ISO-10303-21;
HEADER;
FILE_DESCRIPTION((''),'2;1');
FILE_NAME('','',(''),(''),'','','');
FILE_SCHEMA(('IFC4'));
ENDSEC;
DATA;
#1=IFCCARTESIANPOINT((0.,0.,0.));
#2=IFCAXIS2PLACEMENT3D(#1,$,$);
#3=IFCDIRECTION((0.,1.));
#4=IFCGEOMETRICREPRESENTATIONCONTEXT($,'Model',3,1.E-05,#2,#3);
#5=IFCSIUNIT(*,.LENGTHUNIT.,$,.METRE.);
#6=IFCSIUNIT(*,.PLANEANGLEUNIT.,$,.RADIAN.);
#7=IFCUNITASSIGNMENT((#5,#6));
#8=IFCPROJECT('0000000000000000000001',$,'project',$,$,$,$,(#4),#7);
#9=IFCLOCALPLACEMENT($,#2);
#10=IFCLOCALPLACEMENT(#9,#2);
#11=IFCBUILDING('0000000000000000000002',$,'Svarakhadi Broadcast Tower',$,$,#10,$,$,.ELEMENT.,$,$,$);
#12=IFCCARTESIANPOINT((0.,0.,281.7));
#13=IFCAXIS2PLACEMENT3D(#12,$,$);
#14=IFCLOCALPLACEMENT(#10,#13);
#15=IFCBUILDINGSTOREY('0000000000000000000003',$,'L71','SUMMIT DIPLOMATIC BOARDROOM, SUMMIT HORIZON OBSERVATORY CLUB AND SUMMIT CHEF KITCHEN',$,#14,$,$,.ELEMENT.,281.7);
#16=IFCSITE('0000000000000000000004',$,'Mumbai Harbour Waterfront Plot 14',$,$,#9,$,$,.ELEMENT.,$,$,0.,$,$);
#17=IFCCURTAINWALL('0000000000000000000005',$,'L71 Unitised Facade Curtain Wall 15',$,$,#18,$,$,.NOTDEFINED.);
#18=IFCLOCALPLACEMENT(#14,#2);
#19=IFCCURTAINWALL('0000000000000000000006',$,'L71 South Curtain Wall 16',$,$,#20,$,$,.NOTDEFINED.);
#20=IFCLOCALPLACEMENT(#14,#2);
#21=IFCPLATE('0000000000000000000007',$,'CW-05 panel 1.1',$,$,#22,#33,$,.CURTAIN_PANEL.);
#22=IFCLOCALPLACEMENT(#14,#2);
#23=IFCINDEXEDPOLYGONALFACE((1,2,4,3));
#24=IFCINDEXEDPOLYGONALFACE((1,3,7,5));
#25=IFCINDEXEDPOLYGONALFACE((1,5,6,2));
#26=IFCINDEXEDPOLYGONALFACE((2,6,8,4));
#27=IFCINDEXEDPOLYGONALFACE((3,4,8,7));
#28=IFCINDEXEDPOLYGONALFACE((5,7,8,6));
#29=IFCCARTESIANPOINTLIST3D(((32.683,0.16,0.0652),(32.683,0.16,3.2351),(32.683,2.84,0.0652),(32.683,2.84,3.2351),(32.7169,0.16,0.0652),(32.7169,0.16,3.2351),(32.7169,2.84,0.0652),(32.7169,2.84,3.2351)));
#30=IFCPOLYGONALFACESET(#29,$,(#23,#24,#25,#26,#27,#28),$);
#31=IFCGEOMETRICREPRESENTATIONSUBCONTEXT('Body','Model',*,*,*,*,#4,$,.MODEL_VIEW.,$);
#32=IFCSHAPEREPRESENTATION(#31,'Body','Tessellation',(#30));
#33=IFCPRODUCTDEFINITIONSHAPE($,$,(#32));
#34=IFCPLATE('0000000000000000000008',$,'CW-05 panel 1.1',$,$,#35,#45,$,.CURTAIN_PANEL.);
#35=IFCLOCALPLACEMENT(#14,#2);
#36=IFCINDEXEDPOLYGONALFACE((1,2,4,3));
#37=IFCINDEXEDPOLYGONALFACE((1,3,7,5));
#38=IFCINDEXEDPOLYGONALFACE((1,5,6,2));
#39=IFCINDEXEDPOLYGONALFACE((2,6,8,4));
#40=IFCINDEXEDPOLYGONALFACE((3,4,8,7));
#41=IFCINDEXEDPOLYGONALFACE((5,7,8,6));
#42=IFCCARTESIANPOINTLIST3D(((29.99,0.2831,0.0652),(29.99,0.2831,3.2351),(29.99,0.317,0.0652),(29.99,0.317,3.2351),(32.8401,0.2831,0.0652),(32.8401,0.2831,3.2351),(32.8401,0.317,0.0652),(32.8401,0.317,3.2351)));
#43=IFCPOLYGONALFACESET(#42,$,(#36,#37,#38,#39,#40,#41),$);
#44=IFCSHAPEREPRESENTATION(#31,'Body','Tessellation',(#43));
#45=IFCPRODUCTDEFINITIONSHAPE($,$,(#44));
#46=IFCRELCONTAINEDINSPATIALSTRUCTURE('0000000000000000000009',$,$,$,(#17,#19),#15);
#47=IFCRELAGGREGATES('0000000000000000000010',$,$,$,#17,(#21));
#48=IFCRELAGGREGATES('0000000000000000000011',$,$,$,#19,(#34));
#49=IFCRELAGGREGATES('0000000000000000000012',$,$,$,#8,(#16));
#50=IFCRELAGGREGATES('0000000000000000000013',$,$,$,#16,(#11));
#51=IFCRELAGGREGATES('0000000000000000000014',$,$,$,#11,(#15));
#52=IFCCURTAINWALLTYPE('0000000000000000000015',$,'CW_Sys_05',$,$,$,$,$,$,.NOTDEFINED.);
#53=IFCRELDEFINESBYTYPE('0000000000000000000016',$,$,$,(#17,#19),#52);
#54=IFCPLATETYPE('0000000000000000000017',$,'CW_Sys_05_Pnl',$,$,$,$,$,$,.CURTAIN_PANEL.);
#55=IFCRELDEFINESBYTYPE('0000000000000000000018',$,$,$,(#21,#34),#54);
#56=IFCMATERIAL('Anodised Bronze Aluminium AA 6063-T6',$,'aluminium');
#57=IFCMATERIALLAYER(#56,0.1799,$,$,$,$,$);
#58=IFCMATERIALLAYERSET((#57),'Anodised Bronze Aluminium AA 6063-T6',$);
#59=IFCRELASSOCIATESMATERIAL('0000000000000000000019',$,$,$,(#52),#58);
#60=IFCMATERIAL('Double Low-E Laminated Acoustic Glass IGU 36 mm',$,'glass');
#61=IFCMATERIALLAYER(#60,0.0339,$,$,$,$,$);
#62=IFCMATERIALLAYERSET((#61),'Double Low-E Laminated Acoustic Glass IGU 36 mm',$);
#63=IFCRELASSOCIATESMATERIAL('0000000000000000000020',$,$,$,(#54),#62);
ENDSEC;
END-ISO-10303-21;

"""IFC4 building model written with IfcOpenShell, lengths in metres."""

from ifc_helpers import new_model, si_unit, direction, frame, origin, origin_2d, place, context, subcontext, project, spatial, rectangle, extrude, material, layer, layer_set, type_object, element, aggregate, save


model = new_model("IFC4")

# Units and contexts
model_context = context("Model", 3, precision=1e-05, world=origin(), true_north=direction((0.0, 1.0)))
body_context = subcontext(model_context, "Body", "Model", "MODEL_VIEW")
ifc_project = project(units=[si_unit("LENGTHUNIT", "METRE"), si_unit("PLANEANGLEUNIT", "RADIAN")], contexts=[model_context])

# Site, building, storey
site_placement = place(None, origin())
site = spatial("IfcSite", under=ifc_project, at=site_placement, Name="Mumbai Harbour Waterfront Plot 14", CompositionType="ELEMENT", RefElevation=0.0)
building_placement = place(site_placement, origin())
building = spatial("IfcBuilding", under=site, at=building_placement, Name="Svarakhadi Broadcast Tower", CompositionType="ELEMENT")
storey_placement = place(building_placement, frame((0.0, 0.0, 281.7)))
storey = spatial("IfcBuildingStorey", under=building, at=storey_placement, Name="L71", Description="SUMMIT DIPLOMATIC BOARDROOM, SUMMIT HORIZON OBSERVATORY CLUB AND SUMMIT CHEF KITCHEN", CompositionType="ELEMENT", Elevation=281.7)

# Shared definitions
ifc_material_1 = material(Name="Anodised Bronze Aluminium AA 6063-T6", Category="aluminium")
ifc_layer_1 = layer(ifc_material_1, 0.1799)
ifc_layer_set_1 = layer_set([ifc_layer_1], Name="Anodised Bronze Aluminium AA 6063-T6")
curtain_wall_type = type_object("IfcCurtainWallType", Name="CW_Sys_05", PredefinedType="NOTDEFINED", material=ifc_layer_set_1)

# Curtain walls
curtain_wall_1_placement = place(storey_placement, origin())
curtain_wall_1 = element("IfcCurtainWall", 1, at=curtain_wall_1_placement, inside=storey, type_object=curtain_wall_type, Name="L71 Unitised Facade Curtain Wall 15", PredefinedType="NOTDEFINED")
curtain_wall_2_placement = place(storey_placement, origin())
curtain_wall_2 = element("IfcCurtainWall", 2, at=curtain_wall_2_placement, inside=storey, type_object=curtain_wall_type, Name="L71 South Curtain Wall 16", PredefinedType="NOTDEFINED")

# Plates
ifc_material_2 = material(Name="Double Low-E Laminated Acoustic Glass IGU 36 mm", Category="glass")
ifc_layer_2 = layer(ifc_material_2, 0.0339)
ifc_layer_set_2 = layer_set([ifc_layer_2], Name="Double Low-E Laminated Acoustic Glass IGU 36 mm")
plate_type = type_object("IfcPlateType", Name="CW_Sys_05_Pnl", PredefinedType="CURTAIN_PANEL", material=ifc_layer_set_2)
plate_1_placement = place(storey_placement, frame((32.7, 1.5, 0.0652), z_axis=(0.0, 0.0, 1.0), x_axis=(0.0, -1.0, 0.0)))
plate_1 = element("IfcPlate", 3, at=plate_1_placement, type_object=plate_type, Name="CW-05 panel 1.1", PredefinedType="CURTAIN_PANEL", context=body_context, shape_type="SweptSolid", body=[
    extrude(rectangle(XDim=2.6799, YDim=0.0339, at=origin_2d()), origin(), (0.0, 0.0, 1.0), 3.1699),
])
aggregate(curtain_wall_1, [plate_1])
plate_2_placement = place(storey_placement, frame((31.415, 0.3, 0.0652), z_axis=(0.0, 0.0, 1.0), x_axis=(-1.0, 0.0, 0.0)))
plate_2 = element("IfcPlate", 4, at=plate_2_placement, type_object=plate_type, Name="CW-05 panel 1.1", PredefinedType="CURTAIN_PANEL", context=body_context, shape_type="SweptSolid", body=[
    extrude(rectangle(XDim=2.8501, YDim=0.0339, at=origin_2d()), origin(), (0.0, 0.0, 1.0), 3.1699),
])
aggregate(curtain_wall_2, [plate_2])

save(model, "model.ifc")
